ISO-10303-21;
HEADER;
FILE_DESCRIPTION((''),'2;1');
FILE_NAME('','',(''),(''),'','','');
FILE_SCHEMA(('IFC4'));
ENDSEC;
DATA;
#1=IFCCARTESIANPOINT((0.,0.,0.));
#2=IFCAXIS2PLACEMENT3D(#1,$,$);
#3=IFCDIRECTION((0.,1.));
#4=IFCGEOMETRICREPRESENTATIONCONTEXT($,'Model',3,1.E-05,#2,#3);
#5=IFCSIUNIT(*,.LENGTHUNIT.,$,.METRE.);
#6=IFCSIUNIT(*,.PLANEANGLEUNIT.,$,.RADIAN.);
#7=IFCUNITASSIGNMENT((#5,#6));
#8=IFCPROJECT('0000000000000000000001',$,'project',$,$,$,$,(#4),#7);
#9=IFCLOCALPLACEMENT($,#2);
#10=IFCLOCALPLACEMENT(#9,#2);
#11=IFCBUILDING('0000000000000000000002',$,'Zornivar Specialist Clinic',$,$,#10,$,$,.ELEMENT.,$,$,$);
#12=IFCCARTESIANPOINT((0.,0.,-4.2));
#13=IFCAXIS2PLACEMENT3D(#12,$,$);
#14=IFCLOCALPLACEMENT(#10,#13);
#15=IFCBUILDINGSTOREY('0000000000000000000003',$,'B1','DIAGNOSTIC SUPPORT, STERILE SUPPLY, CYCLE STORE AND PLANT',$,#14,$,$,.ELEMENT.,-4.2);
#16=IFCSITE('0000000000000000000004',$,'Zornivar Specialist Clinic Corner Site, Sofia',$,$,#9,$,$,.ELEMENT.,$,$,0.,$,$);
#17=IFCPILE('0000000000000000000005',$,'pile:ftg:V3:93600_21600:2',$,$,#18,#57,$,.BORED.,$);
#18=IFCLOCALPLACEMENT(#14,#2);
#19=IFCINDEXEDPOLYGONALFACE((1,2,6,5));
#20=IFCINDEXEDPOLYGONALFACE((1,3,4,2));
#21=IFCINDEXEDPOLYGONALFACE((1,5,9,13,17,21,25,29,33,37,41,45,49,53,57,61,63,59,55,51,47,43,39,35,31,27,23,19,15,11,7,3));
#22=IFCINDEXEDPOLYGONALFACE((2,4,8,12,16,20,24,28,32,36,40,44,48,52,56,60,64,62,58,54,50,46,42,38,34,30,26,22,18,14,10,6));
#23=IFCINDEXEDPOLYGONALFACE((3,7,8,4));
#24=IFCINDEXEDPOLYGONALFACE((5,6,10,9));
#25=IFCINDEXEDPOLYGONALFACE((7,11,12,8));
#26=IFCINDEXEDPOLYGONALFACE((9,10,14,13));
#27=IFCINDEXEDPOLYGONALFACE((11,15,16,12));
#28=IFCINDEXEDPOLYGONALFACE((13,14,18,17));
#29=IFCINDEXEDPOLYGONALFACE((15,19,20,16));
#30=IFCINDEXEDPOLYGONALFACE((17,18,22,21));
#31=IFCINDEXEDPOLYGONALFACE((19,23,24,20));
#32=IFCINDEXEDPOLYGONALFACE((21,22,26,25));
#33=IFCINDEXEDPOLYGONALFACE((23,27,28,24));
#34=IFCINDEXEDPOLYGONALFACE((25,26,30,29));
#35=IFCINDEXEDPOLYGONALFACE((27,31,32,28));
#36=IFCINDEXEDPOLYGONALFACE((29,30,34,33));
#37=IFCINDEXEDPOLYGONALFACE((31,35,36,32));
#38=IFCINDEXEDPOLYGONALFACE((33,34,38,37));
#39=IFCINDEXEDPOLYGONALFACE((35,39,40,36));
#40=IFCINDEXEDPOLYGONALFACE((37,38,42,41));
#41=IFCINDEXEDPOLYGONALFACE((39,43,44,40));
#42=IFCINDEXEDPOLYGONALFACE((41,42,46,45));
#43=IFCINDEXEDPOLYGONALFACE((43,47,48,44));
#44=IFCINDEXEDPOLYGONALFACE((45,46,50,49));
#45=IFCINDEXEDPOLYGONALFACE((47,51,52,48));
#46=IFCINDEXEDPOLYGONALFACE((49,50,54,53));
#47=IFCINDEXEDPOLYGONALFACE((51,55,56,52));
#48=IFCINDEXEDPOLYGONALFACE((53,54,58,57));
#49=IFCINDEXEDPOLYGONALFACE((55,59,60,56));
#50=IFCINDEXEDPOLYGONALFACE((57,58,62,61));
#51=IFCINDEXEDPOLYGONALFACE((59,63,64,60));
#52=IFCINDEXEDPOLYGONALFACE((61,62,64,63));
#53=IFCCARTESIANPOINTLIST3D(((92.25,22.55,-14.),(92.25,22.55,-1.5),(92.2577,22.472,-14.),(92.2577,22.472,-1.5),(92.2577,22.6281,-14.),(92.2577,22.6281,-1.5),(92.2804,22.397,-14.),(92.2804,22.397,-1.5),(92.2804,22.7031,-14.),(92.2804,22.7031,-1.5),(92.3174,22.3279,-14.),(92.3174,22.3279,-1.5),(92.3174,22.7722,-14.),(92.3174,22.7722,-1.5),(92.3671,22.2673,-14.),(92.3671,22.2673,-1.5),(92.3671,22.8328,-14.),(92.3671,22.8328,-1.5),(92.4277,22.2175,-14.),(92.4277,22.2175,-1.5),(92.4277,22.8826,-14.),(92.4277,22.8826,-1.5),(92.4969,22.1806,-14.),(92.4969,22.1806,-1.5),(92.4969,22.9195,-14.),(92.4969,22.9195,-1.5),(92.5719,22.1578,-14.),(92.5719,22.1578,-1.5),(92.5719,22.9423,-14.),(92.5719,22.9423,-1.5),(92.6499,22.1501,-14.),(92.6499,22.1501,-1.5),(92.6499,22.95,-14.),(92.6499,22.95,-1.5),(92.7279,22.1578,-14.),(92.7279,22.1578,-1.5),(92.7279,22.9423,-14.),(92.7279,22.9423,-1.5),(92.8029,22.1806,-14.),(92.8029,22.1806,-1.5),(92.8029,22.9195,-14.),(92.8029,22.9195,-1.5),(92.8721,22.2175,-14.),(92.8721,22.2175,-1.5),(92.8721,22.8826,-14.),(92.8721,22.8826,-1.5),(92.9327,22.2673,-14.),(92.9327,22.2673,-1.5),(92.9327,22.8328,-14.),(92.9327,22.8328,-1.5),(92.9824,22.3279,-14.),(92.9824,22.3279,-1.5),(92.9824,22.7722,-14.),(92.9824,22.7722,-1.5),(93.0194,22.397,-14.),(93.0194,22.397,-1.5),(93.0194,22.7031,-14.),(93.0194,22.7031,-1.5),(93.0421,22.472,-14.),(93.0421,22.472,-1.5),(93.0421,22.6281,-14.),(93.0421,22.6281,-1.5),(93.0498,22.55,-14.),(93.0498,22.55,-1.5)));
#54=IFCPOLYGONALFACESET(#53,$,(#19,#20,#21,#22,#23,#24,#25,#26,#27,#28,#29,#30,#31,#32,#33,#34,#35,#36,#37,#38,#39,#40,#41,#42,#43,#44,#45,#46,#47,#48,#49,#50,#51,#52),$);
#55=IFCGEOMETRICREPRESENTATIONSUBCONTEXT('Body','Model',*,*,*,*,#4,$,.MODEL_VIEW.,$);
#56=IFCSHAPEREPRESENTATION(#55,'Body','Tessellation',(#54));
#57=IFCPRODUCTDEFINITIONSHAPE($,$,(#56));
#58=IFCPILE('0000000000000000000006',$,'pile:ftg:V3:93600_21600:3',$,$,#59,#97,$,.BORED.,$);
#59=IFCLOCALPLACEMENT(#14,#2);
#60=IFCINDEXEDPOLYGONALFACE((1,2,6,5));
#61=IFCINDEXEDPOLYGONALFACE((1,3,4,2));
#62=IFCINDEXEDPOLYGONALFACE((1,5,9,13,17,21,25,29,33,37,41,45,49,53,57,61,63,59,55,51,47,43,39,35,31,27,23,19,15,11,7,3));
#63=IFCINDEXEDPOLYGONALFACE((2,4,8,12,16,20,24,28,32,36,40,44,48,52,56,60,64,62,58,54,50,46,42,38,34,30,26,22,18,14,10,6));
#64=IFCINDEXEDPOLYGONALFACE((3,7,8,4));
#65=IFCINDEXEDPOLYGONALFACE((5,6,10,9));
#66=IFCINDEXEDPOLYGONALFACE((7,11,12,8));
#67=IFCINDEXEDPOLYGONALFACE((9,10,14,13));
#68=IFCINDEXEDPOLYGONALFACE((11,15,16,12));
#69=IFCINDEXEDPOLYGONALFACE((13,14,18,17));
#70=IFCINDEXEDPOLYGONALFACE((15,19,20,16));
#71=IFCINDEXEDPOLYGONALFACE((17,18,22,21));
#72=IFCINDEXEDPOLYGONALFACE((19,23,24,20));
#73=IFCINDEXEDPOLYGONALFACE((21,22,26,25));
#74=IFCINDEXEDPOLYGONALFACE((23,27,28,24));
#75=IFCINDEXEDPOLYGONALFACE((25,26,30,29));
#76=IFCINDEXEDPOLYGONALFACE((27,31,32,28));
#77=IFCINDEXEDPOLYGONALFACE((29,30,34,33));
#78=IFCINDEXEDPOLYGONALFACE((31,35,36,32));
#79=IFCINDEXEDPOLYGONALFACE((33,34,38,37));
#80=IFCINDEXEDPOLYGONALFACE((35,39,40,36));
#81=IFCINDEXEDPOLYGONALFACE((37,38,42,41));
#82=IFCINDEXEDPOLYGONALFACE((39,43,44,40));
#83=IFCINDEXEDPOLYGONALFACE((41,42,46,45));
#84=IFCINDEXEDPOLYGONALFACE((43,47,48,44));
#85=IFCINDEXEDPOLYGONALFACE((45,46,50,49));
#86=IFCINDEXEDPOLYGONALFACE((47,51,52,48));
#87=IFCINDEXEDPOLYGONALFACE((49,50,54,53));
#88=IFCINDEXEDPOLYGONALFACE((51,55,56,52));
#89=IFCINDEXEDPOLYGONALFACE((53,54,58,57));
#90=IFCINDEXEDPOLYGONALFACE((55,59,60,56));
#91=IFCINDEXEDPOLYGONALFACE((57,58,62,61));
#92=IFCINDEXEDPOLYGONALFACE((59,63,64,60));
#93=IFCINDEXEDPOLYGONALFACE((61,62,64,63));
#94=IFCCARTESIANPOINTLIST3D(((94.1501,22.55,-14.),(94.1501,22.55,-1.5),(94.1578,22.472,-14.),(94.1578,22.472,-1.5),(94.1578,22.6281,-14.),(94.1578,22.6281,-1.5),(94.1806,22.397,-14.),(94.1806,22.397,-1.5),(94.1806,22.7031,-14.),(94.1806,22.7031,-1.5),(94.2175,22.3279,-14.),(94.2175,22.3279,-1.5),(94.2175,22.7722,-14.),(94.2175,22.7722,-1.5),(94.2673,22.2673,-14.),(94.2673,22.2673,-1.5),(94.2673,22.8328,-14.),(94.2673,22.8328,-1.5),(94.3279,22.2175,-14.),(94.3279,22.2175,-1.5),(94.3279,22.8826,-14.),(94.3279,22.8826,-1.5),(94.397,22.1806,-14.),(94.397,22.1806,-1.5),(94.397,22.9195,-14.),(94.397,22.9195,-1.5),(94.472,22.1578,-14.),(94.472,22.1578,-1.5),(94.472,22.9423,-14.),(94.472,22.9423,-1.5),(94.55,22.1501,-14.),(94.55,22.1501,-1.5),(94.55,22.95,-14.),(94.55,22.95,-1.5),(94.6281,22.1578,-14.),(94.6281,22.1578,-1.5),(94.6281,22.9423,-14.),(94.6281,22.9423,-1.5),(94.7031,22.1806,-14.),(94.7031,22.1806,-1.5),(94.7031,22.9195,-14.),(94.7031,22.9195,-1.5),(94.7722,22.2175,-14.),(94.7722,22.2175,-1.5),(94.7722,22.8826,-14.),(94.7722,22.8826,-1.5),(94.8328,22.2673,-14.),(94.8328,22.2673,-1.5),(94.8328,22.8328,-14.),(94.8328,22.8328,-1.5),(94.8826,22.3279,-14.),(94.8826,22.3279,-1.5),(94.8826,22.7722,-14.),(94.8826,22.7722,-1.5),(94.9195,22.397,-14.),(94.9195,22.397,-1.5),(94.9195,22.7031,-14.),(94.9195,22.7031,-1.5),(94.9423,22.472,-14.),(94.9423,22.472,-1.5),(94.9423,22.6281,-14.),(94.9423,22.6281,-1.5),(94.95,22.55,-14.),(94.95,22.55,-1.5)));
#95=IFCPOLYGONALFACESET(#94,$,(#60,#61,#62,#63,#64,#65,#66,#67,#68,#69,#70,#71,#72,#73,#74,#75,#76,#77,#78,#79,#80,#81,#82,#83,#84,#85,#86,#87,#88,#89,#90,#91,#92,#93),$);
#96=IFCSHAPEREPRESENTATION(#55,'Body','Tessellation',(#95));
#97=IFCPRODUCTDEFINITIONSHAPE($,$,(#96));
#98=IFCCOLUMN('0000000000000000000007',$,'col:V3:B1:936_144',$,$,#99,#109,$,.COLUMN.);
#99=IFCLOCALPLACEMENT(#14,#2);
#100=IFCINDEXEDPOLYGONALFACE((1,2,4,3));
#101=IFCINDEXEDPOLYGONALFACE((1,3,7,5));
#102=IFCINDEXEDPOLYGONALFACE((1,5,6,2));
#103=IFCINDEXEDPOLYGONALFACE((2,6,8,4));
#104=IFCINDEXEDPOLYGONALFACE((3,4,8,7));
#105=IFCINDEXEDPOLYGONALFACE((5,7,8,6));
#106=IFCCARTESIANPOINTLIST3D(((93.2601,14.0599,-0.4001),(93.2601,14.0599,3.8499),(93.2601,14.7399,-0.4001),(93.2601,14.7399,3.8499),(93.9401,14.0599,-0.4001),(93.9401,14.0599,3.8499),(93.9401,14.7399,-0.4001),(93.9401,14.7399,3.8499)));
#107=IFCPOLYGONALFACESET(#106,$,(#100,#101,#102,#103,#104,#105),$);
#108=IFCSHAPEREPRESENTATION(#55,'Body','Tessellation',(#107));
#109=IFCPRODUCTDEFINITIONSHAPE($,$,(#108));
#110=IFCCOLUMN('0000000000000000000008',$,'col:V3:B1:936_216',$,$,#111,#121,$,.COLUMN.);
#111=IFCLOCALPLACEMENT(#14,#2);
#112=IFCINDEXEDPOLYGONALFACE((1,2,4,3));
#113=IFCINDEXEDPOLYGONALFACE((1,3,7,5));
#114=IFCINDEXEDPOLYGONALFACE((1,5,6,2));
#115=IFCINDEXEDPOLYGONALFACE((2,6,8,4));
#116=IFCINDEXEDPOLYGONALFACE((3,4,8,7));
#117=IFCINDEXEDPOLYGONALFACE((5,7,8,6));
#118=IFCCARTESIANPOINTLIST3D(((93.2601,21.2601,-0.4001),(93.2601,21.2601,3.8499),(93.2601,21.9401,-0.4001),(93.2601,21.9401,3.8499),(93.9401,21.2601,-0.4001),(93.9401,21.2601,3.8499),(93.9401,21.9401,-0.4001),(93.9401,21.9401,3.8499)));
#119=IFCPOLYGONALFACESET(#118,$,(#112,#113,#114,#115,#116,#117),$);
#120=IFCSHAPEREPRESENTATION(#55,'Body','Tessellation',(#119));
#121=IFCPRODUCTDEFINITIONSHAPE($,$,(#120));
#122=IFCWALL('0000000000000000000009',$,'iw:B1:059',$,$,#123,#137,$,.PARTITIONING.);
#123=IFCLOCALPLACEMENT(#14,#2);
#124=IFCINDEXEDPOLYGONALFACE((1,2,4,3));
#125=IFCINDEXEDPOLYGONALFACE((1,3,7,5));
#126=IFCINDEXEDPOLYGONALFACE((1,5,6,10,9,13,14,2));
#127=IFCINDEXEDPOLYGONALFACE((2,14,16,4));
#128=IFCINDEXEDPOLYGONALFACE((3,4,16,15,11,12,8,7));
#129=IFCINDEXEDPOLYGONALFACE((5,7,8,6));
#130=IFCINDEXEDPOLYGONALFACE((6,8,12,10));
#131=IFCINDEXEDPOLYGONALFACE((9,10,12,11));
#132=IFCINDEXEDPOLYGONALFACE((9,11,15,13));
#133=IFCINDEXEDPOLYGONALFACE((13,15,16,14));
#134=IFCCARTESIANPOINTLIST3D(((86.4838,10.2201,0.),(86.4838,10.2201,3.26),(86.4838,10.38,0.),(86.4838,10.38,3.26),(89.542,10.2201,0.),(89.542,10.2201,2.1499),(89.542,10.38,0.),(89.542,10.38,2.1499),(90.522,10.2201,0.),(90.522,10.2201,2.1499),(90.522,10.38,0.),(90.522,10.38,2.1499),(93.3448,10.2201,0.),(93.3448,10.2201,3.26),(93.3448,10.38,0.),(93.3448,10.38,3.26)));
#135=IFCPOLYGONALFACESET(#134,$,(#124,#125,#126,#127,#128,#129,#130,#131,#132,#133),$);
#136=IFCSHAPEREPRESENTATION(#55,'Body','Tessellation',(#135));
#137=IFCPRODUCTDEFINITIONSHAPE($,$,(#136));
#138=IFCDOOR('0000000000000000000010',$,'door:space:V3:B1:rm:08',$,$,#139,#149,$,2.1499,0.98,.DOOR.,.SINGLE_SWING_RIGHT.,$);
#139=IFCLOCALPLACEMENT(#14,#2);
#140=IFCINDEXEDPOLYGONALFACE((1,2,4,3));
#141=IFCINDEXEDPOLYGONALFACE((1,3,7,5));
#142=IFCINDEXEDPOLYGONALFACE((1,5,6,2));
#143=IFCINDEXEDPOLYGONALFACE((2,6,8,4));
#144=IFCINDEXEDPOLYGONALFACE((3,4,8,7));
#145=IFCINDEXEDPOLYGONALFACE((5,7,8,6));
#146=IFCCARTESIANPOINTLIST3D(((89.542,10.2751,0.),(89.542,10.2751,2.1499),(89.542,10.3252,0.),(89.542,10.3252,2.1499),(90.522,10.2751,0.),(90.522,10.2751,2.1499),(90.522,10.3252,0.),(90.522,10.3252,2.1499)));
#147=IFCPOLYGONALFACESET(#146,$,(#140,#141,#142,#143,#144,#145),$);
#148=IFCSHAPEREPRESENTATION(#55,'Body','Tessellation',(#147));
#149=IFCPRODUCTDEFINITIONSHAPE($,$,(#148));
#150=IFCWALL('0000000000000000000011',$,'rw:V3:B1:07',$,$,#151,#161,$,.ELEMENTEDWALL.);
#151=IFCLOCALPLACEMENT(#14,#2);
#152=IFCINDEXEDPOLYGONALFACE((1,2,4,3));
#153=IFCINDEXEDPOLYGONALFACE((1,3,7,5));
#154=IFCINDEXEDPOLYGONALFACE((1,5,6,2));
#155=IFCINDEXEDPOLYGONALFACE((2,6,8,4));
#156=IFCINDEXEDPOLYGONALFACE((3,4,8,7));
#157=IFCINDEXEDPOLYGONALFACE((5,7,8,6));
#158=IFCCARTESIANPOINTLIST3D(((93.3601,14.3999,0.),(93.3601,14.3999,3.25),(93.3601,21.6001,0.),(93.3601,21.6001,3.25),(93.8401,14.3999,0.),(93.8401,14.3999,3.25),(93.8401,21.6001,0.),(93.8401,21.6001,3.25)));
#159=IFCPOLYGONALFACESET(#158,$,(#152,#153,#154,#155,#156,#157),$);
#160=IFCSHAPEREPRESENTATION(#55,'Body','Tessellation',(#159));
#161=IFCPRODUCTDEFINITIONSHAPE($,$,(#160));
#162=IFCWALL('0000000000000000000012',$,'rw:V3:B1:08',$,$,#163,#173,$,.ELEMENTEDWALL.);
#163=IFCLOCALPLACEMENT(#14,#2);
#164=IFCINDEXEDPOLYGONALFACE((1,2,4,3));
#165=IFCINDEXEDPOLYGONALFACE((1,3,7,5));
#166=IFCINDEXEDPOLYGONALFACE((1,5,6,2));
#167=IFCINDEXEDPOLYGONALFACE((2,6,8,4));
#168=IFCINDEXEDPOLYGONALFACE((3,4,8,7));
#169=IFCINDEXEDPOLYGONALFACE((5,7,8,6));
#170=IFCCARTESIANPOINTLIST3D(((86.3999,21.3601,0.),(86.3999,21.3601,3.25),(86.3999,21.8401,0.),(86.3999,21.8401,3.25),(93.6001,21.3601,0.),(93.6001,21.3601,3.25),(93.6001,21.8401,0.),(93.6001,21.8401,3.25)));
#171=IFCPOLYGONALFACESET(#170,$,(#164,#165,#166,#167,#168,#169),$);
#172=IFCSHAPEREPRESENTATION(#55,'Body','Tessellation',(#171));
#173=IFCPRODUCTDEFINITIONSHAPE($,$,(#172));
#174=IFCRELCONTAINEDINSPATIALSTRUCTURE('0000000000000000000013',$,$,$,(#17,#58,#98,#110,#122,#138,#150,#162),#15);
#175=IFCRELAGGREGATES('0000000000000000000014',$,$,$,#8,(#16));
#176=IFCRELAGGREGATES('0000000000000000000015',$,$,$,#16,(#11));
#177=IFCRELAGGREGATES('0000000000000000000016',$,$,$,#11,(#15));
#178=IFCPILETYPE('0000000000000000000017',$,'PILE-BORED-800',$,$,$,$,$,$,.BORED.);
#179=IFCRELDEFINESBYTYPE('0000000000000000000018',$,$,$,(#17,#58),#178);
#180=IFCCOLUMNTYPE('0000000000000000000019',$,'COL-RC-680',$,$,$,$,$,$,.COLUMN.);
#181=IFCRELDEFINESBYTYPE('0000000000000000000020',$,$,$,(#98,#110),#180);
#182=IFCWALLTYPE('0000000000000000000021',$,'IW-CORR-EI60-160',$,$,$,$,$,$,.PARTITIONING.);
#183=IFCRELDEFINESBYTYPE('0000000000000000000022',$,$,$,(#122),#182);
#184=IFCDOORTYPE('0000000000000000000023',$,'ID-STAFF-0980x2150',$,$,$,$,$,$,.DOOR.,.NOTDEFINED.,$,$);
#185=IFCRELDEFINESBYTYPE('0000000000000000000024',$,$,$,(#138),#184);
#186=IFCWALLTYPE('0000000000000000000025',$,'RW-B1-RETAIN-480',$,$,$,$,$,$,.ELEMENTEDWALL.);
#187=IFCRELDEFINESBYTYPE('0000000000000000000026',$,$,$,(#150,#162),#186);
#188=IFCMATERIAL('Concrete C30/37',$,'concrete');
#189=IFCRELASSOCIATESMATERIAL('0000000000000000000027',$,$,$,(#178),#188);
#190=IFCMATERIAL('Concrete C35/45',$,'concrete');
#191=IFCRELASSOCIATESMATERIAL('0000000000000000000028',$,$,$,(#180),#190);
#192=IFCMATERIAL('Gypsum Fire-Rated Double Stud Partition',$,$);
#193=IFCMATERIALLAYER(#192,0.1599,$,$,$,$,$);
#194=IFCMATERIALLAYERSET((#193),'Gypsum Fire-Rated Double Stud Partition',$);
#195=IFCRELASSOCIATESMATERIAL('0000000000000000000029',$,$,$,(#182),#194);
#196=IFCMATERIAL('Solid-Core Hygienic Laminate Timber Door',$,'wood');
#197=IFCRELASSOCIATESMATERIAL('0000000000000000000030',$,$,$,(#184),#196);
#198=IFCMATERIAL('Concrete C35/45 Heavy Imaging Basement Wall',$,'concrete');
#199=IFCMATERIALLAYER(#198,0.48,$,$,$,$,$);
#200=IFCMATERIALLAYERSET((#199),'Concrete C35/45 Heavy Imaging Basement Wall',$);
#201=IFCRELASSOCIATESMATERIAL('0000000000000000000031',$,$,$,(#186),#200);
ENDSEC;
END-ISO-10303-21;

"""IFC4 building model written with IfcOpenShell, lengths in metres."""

from ifc_helpers import new_model, si_unit, direction, frame, frame_2d, origin, origin_2d, place, context, subcontext, project, spatial, rectangle, circle, extrude, material, layer, layer_set, material_profile, profile_set, type_object, element, fill, save


model = new_model("IFC4")

# Units and contexts
model_context = context("Model", 3, precision=1e-05, world=origin(), true_north=direction((0.0, 1.0)))
body_context = subcontext(model_context, "Body", "Model", "MODEL_VIEW")
ifc_project = project(units=[si_unit("LENGTHUNIT", "METRE"), si_unit("PLANEANGLEUNIT", "RADIAN")], contexts=[model_context])

# Site, building, storey
site_placement = place(None, origin())
site = spatial("IfcSite", under=ifc_project, at=site_placement, Name="Zornivar Specialist Clinic Corner Site, Sofia", CompositionType="ELEMENT", RefElevation=0.0)
building_placement = place(site_placement, origin())
building = spatial("IfcBuilding", under=site, at=building_placement, Name="Zornivar Specialist Clinic", CompositionType="ELEMENT")
storey_placement = place(building_placement, frame((0.0, 0.0, -4.2)))
storey = spatial("IfcBuildingStorey", under=building, at=storey_placement, Name="B1", Description="DIAGNOSTIC SUPPORT, STERILE SUPPLY, CYCLE STORE AND PLANT", CompositionType="ELEMENT", Elevation=-4.2)

# Piles
ifc_material_1 = material(Name="Concrete C30/37", Category="concrete")
ifc_material_profile_1 = material_profile(ifc_material_1, circle(Radius=0.3999, at=origin_2d()), Name="PILE D800")
ifc_profile_set_1 = profile_set([ifc_material_profile_1], Name="Concrete C30/37")
pile_type = type_object("IfcPileType", Name="PILE-BORED-800", PredefinedType="BORED", material=ifc_profile_set_1)
for number, where, z_axis, x_axis, name in (
    (1, (92.6499, 22.55, -1.5), (0.0, 0.0, -1.0), (1.0, 0.0, 0.0), "pile:ftg:V3:93600_21600:2"),
    (2, (94.55, 22.55, -1.5), (0.0, 0.0, -1.0), (1.0, 0.0, 0.0), "pile:ftg:V3:93600_21600:3"),
):
    element("IfcPile", number, at=place(storey_placement, frame(where, z_axis=z_axis, x_axis=x_axis)), inside=storey, type_object=pile_type, Name=name, PredefinedType="BORED", context=body_context, shape_type="SweptSolid", body=[
        extrude(circle(Radius=0.3999, at=origin_2d()), origin(), (0.0, 0.0, 1.0), 12.5),
    ])

# Columns
ifc_material_2 = material(Name="Concrete C35/45", Category="concrete")
ifc_material_profile_2 = material_profile(ifc_material_2, rectangle(XDim=0.6799, YDim=0.6799, at=origin_2d()), Name="RC 680x680")
ifc_profile_set_2 = profile_set([ifc_material_profile_2], Name="Concrete C35/45")
column_type = type_object("IfcColumnType", Name="COL-RC-680", PredefinedType="COLUMN", material=ifc_profile_set_2)
for number, where, z_axis, x_axis, name in (
    (3, (93.6001, 14.3999, -0.4001), (0.0, 0.0, 1.0), (1.0, 0.0, 0.0), "col:V3:B1:936_144"),
    (4, (93.6001, 21.6001, -0.4001), (0.0, 0.0, 1.0), (1.0, 0.0, 0.0), "col:V3:B1:936_216"),
):
    element("IfcColumn", number, at=place(storey_placement, frame(where, z_axis=z_axis, x_axis=x_axis)), inside=storey, type_object=column_type, Name=name, PredefinedType="COLUMN", context=body_context, shape_type="SweptSolid", body=[
        extrude(rectangle(XDim=0.6799, YDim=0.6799, at=origin_2d()), origin(), (0.0, 0.0, 1.0), 4.25),
    ])

# Wall, opening, door
ifc_material_3 = material(Name="Gypsum Fire-Rated Double Stud Partition")
ifc_layer_1 = layer(ifc_material_3, 0.1599)
ifc_layer_set_1 = layer_set([ifc_layer_1], Name="Gypsum Fire-Rated Double Stud Partition")
wall_type_1 = type_object("IfcWallType", Name="IW-CORR-EI60-160", PredefinedType="PARTITIONING", material=ifc_layer_set_1)
wall_placement = place(storey_placement, frame((93.345, 10.3, 0.0), z_axis=(0.0, 0.0, 1.0), x_axis=(-1.0, 0.0, 0.0)))
wall = element("IfcWall", 5, at=wall_placement, inside=storey, type_object=wall_type_1, Name="iw:B1:059", PredefinedType="PARTITIONING", context=body_context, shape_type="SweptSolid", body=[
    extrude(rectangle(XDim=6.8611, YDim=0.1599, at=frame_2d((3.4307, 0.0))), origin(), (0.0, 0.0, 1.0), 3.26),
])
opening_placement = place(wall_placement, frame((2.823, 0.0, 0.0)))
opening = element("IfcOpeningElement", 6, at=opening_placement, cuts=wall, PredefinedType="OPENING", context=body_context, shape_type="SweptSolid", body=[
    extrude(rectangle(XDim=0.98, YDim=2.1499, at=frame_2d((0.49, 1.075))), frame((0.0, 0.0898, 0.0), z_axis=(0.0, -1.0, 0.0), x_axis=(1.0, 0.0, 0.0)), (0.0, 0.0, 1.0), 0.1799),
])
ifc_material_4 = material(Name="Solid-Core Hygienic Laminate Timber Door", Category="wood")
door_type = type_object("IfcDoorType", Name="ID-STAFF-0980x2150", OperationType="NOTDEFINED", PredefinedType="DOOR", material=ifc_material_4)
door_placement = place(opening_placement, origin())
door = element("IfcDoor", 7, at=door_placement, inside=storey, type_object=door_type, Name="door:space:V3:B1:rm:08", OperationType="SINGLE_SWING_RIGHT", OverallHeight=2.1499, OverallWidth=0.98, PredefinedType="DOOR", context=body_context, shape_type="SweptSolid", body=[
    extrude(rectangle(XDim=0.98, YDim=2.1499, at=frame_2d((0.49, 1.075))), frame((0.0, 0.0249, 0.0), z_axis=(0.0, -1.0, 0.0), x_axis=(1.0, 0.0, 0.0)), (0.0, 0.0, 1.0), 0.05),
])
fill(opening, door)

# Walls
ifc_material_5 = material(Name="Concrete C35/45 Heavy Imaging Basement Wall", Category="concrete")
ifc_layer_2 = layer(ifc_material_5, 0.48)
ifc_layer_set_2 = layer_set([ifc_layer_2], Name="Concrete C35/45 Heavy Imaging Basement Wall")
wall_type_2 = type_object("IfcWallType", Name="RW-B1-RETAIN-480", PredefinedType="ELEMENTEDWALL", material=ifc_layer_set_2)
for number, where, z_axis, x_axis, name in (
    (8, (93.6001, 14.3999, 0.0), (0.0, 0.0, 1.0), (0.0, 1.0, 0.0), "rw:V3:B1:07"),
    (9, (93.6001, 21.6001, 0.0), (0.0, 0.0, 1.0), (-1.0, 0.0, 0.0), "rw:V3:B1:08"),
):
    element("IfcWall", number, at=place(storey_placement, frame(where, z_axis=z_axis, x_axis=x_axis)), inside=storey, type_object=wall_type_2, Name=name, PredefinedType="ELEMENTEDWALL", context=body_context, shape_type="SweptSolid", body=[
        extrude(rectangle(XDim=7.2002, YDim=0.48, at=frame_2d((3.6001, 0.0))), origin(), (0.0, 0.0, 1.0), 3.25),
    ])

save(model, "model.ifc")
